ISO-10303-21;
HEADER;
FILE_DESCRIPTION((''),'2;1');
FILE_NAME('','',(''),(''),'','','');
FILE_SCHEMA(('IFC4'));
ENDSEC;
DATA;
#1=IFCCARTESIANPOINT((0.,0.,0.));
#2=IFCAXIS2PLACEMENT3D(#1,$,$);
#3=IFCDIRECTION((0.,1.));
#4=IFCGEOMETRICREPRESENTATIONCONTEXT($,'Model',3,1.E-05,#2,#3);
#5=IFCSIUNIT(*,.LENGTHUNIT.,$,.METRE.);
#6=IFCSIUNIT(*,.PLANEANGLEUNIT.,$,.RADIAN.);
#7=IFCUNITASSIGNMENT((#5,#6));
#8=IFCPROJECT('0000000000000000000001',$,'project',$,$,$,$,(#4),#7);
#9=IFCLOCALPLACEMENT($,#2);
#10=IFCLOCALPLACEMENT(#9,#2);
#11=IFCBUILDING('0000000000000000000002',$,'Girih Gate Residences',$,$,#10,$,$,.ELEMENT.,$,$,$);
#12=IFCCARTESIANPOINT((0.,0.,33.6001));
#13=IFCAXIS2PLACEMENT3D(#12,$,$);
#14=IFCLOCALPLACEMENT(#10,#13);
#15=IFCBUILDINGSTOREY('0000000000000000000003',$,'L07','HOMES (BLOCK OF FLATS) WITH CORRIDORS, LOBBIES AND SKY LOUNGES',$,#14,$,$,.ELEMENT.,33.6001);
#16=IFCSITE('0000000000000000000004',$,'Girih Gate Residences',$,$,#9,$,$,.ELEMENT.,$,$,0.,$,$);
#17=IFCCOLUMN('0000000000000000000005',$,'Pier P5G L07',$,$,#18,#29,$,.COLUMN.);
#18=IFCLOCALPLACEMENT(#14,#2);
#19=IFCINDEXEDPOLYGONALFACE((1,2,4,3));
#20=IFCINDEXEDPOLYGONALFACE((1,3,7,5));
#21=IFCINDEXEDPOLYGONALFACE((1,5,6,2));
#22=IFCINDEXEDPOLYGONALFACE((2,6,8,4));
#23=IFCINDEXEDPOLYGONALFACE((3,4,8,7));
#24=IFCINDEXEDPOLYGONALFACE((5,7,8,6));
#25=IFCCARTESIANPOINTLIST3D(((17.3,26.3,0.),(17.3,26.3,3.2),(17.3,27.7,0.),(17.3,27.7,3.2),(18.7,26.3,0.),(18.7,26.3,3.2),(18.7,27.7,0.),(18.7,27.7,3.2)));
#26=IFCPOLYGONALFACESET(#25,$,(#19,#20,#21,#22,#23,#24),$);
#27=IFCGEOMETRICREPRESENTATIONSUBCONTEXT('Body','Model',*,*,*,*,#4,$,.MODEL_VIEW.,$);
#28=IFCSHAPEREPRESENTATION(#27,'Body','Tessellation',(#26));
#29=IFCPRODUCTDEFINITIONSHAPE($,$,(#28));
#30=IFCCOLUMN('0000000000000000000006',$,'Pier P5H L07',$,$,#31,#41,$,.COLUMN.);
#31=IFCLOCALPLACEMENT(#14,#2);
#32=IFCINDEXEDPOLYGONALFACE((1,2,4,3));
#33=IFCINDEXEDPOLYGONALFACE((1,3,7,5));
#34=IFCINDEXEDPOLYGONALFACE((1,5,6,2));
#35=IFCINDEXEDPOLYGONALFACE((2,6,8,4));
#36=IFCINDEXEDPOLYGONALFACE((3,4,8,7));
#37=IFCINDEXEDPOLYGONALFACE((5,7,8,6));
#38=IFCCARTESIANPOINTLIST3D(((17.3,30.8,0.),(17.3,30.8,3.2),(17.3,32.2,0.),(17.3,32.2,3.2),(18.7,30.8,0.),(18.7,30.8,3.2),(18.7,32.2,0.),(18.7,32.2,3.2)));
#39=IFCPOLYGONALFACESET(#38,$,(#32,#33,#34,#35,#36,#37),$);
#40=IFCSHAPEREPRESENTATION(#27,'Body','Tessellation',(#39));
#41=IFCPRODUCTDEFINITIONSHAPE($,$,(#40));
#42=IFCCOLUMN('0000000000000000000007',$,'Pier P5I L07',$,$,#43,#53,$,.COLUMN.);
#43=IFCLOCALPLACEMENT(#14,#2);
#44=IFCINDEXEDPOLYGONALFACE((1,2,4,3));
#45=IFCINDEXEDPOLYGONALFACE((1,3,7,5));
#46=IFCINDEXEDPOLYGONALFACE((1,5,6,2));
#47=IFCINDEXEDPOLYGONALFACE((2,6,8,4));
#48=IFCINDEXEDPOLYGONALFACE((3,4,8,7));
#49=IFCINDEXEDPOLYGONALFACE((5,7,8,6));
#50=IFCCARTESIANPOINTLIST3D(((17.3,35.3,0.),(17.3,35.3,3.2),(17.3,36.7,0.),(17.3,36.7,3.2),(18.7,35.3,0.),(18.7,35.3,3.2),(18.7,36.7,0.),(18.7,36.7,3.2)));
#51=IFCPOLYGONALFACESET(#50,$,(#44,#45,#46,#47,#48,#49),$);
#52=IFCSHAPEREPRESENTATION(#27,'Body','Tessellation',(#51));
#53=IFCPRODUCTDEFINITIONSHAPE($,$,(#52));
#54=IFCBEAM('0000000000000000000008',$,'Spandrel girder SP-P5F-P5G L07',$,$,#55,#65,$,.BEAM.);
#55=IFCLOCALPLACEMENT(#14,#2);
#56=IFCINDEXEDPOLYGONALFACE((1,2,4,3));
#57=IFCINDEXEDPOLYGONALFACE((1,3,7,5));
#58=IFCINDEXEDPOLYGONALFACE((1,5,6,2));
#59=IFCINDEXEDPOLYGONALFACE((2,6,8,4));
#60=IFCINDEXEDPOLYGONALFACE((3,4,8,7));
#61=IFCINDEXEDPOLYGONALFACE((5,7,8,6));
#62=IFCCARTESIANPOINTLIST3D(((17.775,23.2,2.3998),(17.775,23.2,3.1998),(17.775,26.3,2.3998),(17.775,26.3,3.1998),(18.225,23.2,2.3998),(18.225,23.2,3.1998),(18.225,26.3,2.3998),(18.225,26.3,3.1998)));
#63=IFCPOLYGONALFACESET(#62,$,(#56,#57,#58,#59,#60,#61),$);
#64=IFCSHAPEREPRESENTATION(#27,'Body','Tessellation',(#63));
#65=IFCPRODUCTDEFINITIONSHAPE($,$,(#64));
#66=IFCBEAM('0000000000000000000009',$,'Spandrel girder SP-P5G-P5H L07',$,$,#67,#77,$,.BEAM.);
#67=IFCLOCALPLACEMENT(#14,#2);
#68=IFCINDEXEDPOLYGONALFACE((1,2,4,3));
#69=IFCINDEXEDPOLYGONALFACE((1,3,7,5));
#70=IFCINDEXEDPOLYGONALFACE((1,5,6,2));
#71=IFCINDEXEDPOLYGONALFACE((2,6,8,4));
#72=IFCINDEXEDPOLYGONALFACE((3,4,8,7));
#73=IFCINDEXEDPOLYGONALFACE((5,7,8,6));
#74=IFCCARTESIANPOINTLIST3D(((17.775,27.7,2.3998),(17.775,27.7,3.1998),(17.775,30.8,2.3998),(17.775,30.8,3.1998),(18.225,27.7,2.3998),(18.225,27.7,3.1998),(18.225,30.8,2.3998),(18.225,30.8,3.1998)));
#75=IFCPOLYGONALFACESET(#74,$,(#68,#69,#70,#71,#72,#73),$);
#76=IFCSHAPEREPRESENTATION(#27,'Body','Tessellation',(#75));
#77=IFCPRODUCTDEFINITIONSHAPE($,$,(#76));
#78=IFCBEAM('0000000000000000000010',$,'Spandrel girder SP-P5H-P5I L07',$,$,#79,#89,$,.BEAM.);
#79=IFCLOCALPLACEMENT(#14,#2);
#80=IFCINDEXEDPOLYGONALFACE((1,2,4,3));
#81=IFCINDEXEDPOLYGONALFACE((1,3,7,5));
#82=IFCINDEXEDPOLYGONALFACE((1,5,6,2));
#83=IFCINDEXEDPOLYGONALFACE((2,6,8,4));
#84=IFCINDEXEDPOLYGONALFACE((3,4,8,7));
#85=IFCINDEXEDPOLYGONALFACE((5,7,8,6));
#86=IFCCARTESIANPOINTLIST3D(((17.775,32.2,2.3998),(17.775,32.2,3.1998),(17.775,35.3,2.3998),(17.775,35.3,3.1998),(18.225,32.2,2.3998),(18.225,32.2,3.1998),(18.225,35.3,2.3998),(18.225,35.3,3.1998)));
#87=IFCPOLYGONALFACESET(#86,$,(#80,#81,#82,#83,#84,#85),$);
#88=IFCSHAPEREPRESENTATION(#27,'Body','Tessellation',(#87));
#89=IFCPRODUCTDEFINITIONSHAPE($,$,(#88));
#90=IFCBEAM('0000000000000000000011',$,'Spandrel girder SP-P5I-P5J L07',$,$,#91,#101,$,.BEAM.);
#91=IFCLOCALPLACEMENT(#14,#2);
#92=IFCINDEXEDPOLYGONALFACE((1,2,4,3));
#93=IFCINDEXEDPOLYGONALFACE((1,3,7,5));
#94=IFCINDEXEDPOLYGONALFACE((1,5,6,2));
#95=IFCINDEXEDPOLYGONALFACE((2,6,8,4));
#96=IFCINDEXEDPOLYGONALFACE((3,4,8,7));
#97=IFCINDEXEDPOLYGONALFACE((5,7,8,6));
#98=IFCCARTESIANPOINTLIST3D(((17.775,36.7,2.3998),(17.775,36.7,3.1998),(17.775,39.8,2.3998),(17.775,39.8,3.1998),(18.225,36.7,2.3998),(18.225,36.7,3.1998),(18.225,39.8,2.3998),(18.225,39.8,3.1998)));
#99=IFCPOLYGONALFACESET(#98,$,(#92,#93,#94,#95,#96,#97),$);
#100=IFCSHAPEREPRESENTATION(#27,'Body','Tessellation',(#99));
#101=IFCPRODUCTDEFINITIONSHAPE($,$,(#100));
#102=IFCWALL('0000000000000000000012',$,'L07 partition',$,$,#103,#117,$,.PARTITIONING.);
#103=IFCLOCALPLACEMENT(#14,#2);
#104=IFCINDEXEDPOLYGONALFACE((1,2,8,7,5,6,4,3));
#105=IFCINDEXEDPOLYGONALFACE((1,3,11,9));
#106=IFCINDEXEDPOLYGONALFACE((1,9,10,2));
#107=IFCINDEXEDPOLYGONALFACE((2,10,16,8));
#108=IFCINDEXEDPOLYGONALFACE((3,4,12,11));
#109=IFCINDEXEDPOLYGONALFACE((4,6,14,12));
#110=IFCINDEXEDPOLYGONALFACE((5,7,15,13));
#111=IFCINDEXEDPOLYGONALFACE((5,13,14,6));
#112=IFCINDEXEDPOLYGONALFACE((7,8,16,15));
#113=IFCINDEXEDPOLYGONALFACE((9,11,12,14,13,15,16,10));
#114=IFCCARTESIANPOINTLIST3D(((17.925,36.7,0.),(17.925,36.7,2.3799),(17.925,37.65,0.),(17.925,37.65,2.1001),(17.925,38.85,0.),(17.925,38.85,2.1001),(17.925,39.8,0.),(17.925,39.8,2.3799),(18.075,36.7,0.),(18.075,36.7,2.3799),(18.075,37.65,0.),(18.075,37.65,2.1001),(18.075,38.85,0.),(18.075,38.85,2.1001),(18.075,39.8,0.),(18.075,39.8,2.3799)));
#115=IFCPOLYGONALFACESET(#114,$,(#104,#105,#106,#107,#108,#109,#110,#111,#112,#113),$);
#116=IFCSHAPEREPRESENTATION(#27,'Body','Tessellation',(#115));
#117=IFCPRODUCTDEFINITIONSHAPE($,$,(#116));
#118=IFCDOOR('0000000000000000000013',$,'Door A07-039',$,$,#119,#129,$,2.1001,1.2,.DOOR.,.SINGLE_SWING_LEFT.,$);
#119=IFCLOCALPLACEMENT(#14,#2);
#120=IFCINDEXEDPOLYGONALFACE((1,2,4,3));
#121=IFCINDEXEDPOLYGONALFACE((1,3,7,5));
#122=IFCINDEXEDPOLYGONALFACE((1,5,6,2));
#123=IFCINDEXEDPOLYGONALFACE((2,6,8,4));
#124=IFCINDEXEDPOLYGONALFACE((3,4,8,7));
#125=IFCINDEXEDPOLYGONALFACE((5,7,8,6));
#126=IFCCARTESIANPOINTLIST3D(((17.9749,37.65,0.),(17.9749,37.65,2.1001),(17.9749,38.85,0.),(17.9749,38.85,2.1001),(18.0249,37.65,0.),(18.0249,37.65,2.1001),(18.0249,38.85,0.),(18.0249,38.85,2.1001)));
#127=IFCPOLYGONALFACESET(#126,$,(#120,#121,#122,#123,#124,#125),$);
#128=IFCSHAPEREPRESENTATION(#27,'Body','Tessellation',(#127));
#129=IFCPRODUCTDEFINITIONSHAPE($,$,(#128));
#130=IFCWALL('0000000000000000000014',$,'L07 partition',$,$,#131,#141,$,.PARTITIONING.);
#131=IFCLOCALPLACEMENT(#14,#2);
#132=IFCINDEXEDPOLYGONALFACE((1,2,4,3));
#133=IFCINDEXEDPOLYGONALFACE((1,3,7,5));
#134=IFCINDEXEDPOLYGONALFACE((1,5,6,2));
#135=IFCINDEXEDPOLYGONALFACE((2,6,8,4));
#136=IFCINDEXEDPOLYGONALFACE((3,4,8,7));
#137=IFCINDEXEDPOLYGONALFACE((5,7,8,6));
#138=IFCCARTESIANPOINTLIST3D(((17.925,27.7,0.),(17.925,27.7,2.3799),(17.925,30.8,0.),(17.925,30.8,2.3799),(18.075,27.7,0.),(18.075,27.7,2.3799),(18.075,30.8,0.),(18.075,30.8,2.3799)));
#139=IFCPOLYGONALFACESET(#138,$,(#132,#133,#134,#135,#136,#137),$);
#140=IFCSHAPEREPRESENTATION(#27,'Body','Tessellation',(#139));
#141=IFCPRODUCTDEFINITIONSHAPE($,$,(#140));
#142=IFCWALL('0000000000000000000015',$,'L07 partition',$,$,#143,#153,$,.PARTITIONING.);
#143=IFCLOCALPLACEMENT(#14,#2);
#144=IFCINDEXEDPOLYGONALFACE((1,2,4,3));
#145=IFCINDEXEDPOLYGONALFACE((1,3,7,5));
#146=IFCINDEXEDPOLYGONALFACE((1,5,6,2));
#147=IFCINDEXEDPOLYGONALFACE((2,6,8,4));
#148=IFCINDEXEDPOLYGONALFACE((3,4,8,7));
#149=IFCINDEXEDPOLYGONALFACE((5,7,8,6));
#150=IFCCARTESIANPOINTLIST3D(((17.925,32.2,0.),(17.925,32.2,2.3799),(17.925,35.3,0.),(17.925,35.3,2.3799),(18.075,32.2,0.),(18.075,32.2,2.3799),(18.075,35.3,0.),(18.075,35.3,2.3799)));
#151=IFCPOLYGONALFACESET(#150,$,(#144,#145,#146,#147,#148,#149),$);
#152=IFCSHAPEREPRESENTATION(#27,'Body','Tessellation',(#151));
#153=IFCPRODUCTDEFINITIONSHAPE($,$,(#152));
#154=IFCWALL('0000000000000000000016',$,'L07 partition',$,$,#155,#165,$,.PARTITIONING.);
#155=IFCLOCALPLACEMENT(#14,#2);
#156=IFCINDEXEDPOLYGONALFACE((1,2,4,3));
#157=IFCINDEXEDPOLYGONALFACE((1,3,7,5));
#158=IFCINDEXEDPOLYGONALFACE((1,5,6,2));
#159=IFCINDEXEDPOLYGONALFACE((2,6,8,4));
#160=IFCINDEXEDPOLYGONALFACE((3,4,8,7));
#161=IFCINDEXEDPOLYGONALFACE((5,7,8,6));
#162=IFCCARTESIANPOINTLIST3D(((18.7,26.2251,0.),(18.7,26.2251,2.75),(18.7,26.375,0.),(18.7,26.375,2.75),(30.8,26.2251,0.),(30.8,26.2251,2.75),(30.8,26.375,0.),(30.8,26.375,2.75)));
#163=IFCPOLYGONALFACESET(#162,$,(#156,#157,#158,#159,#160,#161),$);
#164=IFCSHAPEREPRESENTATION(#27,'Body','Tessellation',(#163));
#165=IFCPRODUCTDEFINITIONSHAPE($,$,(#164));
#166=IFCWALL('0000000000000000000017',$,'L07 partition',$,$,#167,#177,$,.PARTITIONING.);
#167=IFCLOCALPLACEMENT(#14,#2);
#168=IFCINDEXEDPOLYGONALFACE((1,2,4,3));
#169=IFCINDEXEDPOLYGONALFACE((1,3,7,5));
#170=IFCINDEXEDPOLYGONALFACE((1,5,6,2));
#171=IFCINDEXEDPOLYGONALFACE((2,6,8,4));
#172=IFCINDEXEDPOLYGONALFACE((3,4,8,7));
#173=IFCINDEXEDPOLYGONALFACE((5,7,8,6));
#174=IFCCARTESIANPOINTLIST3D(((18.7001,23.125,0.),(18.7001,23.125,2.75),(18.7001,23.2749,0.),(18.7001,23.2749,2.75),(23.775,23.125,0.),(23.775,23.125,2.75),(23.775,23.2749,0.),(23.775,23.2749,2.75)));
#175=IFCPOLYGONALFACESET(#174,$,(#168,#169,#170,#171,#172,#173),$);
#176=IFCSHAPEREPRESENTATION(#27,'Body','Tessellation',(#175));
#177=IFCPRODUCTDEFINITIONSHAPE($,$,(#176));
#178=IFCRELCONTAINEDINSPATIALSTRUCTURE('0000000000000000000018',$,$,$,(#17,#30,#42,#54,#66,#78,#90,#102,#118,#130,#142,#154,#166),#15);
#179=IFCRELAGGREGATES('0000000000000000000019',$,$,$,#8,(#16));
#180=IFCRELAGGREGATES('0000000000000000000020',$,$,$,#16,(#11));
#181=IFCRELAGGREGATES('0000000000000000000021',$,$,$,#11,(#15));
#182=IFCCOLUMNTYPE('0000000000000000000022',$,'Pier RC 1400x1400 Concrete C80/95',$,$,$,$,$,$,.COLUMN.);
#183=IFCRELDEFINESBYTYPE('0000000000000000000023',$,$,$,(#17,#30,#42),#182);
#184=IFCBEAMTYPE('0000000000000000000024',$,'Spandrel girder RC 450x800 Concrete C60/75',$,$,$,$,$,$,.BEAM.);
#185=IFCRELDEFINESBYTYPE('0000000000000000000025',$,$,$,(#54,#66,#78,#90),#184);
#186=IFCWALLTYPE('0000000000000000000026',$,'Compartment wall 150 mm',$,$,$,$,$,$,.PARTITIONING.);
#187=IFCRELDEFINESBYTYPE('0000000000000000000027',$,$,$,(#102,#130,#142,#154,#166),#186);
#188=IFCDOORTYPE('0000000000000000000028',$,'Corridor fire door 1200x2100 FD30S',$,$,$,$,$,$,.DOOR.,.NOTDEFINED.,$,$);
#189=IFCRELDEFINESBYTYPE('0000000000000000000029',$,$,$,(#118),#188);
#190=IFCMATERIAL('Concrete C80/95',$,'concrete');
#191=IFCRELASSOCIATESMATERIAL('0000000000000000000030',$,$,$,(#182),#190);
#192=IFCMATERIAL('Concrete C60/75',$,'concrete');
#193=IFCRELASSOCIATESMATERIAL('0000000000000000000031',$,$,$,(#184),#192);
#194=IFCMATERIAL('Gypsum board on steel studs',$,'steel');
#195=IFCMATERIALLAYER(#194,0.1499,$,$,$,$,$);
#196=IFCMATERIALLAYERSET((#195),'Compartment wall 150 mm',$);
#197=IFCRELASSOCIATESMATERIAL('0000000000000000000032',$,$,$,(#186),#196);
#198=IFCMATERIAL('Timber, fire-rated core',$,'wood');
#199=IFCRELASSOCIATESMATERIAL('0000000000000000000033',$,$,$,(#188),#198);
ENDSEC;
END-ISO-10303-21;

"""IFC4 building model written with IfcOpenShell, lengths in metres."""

from ifc_helpers import new_model, si_unit, direction, frame, frame_2d, origin, origin_2d, place, context, subcontext, project, spatial, rectangle, extrude, material, layer, layer_set, material_profile, profile_set, type_object, element, fill, save


model = new_model("IFC4")

# Units and contexts
model_context = context("Model", 3, precision=1e-05, world=origin(), true_north=direction((0.0, 1.0)))
body_context = subcontext(model_context, "Body", "Model", "MODEL_VIEW")
ifc_project = project(units=[si_unit("LENGTHUNIT", "METRE"), si_unit("PLANEANGLEUNIT", "RADIAN")], contexts=[model_context])

# Site, building, storey
site_placement = place(None, origin())
site = spatial("IfcSite", under=ifc_project, at=site_placement, Name="Girih Gate Residences", CompositionType="ELEMENT", RefElevation=0.0)
building_placement = place(site_placement, origin())
building = spatial("IfcBuilding", under=site, at=building_placement, Name="Girih Gate Residences", CompositionType="ELEMENT")
storey_placement = place(building_placement, frame((0.0, 0.0, 33.6001)))
storey = spatial("IfcBuildingStorey", under=building, at=storey_placement, Name="L07", Description="HOMES (BLOCK OF FLATS) WITH CORRIDORS, LOBBIES AND SKY LOUNGES", CompositionType="ELEMENT", Elevation=33.6001)

# Columns
ifc_material_1 = material(Name="Concrete C80/95", Category="concrete")
ifc_material_profile_1 = material_profile(ifc_material_1, rectangle(XDim=1.3999, YDim=1.3999, at=origin_2d()))
ifc_profile_set_1 = profile_set([ifc_material_profile_1], Name="Concrete C80/95")
column_type = type_object("IfcColumnType", Name="Pier RC 1400x1400 Concrete C80/95", PredefinedType="COLUMN", material=ifc_profile_set_1)
for number, where, z_axis, x_axis, name in (
    (1, (18.0, 27.0, 0.0), (0.0, 0.0, 1.0), (1.0, 0.0, 0.0), "Pier P5G L07"),
    (2, (18.0, 31.5, 0.0), (0.0, 0.0, 1.0), (1.0, 0.0, 0.0), "Pier P5H L07"),
    (3, (18.0, 36.0, 0.0), (0.0, 0.0, 1.0), (1.0, 0.0, 0.0), "Pier P5I L07"),
):
    element("IfcColumn", number, at=place(storey_placement, frame(where, z_axis=z_axis, x_axis=x_axis)), inside=storey, type_object=column_type, Name=name, PredefinedType="COLUMN", context=body_context, shape_type="SweptSolid", body=[
        extrude(rectangle(XDim=1.3999, YDim=1.3999, at=origin_2d()), origin(), (0.0, 0.0, 1.0), 3.2),
    ])

# Beams
ifc_material_2 = material(Name="Concrete C60/75", Category="concrete")
ifc_material_profile_2 = material_profile(ifc_material_2, rectangle(XDim=0.45, YDim=0.8, at=origin_2d()))
ifc_profile_set_2 = profile_set([ifc_material_profile_2], Name="Concrete C60/75")
beam_type = type_object("IfcBeamType", Name="Spandrel girder RC 450x800 Concrete C60/75", PredefinedType="BEAM", material=ifc_profile_set_2)
for number, where, z_axis, x_axis, name in (
    (4, (18.0, 23.2, 2.7998), (0.0, 1.0, 0.0), (-1.0, 0.0, 0.0), "Spandrel girder SP-P5F-P5G L07"),
    (5, (18.0, 27.7, 2.7998), (0.0, 1.0, 0.0), (-1.0, 0.0, 0.0), "Spandrel girder SP-P5G-P5H L07"),
    (6, (18.0, 32.2, 2.7998), (0.0, 1.0, 0.0), (-1.0, 0.0, 0.0), "Spandrel girder SP-P5H-P5I L07"),
    (7, (18.0, 36.7, 2.7998), (0.0, 1.0, 0.0), (-1.0, 0.0, 0.0), "Spandrel girder SP-P5I-P5J L07"),
):
    element("IfcBeam", number, at=place(storey_placement, frame(where, z_axis=z_axis, x_axis=x_axis)), inside=storey, type_object=beam_type, Name=name, PredefinedType="BEAM", context=body_context, shape_type="SweptSolid", body=[
        extrude(rectangle(XDim=0.45, YDim=0.8, at=origin_2d()), origin(), (0.0, 0.0, 1.0), 3.1001),
    ])

# Wall, opening, door
ifc_material_3 = material(Name="Gypsum board on steel studs", Category="steel")
ifc_layer_1 = layer(ifc_material_3, 0.1499)
ifc_layer_set_1 = layer_set([ifc_layer_1], Name="Compartment wall 150 mm")
wall_type_1 = type_object("IfcWallType", Name="Compartment wall 150 mm", PredefinedType="PARTITIONING", material=ifc_layer_set_1)
wall_1_placement = place(storey_placement, frame((18.0, 39.8, 0.0), z_axis=(0.0, 0.0, 1.0), x_axis=(0.0, -1.0, 0.0)))
wall_1 = element("IfcWall", 8, at=wall_1_placement, inside=storey, type_object=wall_type_1, Name="L07 partition", PredefinedType="PARTITIONING", context=body_context, shape_type="SweptSolid", body=[
    extrude(rectangle(XDim=3.1001, YDim=0.1499, at=frame_2d((1.55, 0.0))), origin(), (0.0, 0.0, 1.0), 2.3799),
])
opening_1_placement = place(wall_1_placement, frame((0.95, 0.0, 0.0)))
opening_1 = element("IfcOpeningElement", 9, at=opening_1_placement, cuts=wall_1, PredefinedType="OPENING", context=body_context, shape_type="SweptSolid", body=[
    extrude(rectangle(XDim=1.2, YDim=2.1001, at=frame_2d((0.6001, 1.05))), frame((0.0, 0.085, 0.0), z_axis=(0.0, -1.0, 0.0), x_axis=(1.0, 0.0, 0.0)), (0.0, 0.0, 1.0), 0.1699),
])
ifc_material_4 = material(Name="Timber, fire-rated core", Category="wood")
door_type_1 = type_object("IfcDoorType", Name="Corridor fire door 1200x2100 FD30S", OperationType="NOTDEFINED", PredefinedType="DOOR", material=ifc_material_4)
door_1_placement = place(opening_1_placement, origin())
door_1 = element("IfcDoor", 10, at=door_1_placement, inside=storey, type_object=door_type_1, Name="Door A07-039", OperationType="SINGLE_SWING_LEFT", OverallHeight=2.1001, OverallWidth=1.2, PredefinedType="DOOR", context=body_context, shape_type="SweptSolid", body=[
    extrude(rectangle(XDim=1.2, YDim=2.1001, at=frame_2d((0.6001, 1.05))), frame((0.0, 0.0249, 0.0), z_axis=(0.0, -1.0, 0.0), x_axis=(1.0, 0.0, 0.0)), (0.0, 0.0, 1.0), 0.05),
])
fill(opening_1, door_1)

# Walls
for number, where, z_axis, x_axis, name in (
    (11, (18.0, 27.7, 0.0), (0.0, 0.0, 1.0), (0.0, 1.0, 0.0), "L07 partition"),
    (12, (18.0, 32.2, 0.0), (0.0, 0.0, 1.0), (0.0, 1.0, 0.0), "L07 partition"),
):
    element("IfcWall", number, at=place(storey_placement, frame(where, z_axis=z_axis, x_axis=x_axis)), inside=storey, type_object=wall_type_1, Name=name, PredefinedType="PARTITIONING", context=body_context, shape_type="SweptSolid", body=[
        extrude(rectangle(XDim=3.1001, YDim=0.1499, at=frame_2d((1.55, 0.0))), origin(), (0.0, 0.0, 1.0), 2.3799),
    ])
wall_2_placement = place(storey_placement, frame((18.7, 26.3, 0.0), z_axis=(0.0, 0.0, 1.0), x_axis=(1.0, 0.0, 0.0)))
element("IfcWall", 13, at=wall_2_placement, inside=storey, type_object=wall_type_1, Name="L07 partition", PredefinedType="PARTITIONING", context=body_context, shape_type="SweptSolid", body=[
    extrude(rectangle(XDim=12.1001, YDim=0.1499, at=frame_2d((6.05, 0.0))), origin(), (0.0, 0.0, 1.0), 2.75),
])
wall_3_placement = place(storey_placement, frame((18.7, 23.2, 0.0), z_axis=(0.0, 0.0, 1.0), x_axis=(1.0, 0.0, 0.0)))
element("IfcWall", 14, at=wall_3_placement, inside=storey, type_object=wall_type_1, Name="L07 partition", PredefinedType="PARTITIONING", context=body_context, shape_type="SweptSolid", body=[
    extrude(rectangle(XDim=5.075, YDim=0.1499, at=frame_2d((2.5376, 0.0))), origin(), (0.0, 0.0, 1.0), 2.75),
])

save(model, "model.ifc")
